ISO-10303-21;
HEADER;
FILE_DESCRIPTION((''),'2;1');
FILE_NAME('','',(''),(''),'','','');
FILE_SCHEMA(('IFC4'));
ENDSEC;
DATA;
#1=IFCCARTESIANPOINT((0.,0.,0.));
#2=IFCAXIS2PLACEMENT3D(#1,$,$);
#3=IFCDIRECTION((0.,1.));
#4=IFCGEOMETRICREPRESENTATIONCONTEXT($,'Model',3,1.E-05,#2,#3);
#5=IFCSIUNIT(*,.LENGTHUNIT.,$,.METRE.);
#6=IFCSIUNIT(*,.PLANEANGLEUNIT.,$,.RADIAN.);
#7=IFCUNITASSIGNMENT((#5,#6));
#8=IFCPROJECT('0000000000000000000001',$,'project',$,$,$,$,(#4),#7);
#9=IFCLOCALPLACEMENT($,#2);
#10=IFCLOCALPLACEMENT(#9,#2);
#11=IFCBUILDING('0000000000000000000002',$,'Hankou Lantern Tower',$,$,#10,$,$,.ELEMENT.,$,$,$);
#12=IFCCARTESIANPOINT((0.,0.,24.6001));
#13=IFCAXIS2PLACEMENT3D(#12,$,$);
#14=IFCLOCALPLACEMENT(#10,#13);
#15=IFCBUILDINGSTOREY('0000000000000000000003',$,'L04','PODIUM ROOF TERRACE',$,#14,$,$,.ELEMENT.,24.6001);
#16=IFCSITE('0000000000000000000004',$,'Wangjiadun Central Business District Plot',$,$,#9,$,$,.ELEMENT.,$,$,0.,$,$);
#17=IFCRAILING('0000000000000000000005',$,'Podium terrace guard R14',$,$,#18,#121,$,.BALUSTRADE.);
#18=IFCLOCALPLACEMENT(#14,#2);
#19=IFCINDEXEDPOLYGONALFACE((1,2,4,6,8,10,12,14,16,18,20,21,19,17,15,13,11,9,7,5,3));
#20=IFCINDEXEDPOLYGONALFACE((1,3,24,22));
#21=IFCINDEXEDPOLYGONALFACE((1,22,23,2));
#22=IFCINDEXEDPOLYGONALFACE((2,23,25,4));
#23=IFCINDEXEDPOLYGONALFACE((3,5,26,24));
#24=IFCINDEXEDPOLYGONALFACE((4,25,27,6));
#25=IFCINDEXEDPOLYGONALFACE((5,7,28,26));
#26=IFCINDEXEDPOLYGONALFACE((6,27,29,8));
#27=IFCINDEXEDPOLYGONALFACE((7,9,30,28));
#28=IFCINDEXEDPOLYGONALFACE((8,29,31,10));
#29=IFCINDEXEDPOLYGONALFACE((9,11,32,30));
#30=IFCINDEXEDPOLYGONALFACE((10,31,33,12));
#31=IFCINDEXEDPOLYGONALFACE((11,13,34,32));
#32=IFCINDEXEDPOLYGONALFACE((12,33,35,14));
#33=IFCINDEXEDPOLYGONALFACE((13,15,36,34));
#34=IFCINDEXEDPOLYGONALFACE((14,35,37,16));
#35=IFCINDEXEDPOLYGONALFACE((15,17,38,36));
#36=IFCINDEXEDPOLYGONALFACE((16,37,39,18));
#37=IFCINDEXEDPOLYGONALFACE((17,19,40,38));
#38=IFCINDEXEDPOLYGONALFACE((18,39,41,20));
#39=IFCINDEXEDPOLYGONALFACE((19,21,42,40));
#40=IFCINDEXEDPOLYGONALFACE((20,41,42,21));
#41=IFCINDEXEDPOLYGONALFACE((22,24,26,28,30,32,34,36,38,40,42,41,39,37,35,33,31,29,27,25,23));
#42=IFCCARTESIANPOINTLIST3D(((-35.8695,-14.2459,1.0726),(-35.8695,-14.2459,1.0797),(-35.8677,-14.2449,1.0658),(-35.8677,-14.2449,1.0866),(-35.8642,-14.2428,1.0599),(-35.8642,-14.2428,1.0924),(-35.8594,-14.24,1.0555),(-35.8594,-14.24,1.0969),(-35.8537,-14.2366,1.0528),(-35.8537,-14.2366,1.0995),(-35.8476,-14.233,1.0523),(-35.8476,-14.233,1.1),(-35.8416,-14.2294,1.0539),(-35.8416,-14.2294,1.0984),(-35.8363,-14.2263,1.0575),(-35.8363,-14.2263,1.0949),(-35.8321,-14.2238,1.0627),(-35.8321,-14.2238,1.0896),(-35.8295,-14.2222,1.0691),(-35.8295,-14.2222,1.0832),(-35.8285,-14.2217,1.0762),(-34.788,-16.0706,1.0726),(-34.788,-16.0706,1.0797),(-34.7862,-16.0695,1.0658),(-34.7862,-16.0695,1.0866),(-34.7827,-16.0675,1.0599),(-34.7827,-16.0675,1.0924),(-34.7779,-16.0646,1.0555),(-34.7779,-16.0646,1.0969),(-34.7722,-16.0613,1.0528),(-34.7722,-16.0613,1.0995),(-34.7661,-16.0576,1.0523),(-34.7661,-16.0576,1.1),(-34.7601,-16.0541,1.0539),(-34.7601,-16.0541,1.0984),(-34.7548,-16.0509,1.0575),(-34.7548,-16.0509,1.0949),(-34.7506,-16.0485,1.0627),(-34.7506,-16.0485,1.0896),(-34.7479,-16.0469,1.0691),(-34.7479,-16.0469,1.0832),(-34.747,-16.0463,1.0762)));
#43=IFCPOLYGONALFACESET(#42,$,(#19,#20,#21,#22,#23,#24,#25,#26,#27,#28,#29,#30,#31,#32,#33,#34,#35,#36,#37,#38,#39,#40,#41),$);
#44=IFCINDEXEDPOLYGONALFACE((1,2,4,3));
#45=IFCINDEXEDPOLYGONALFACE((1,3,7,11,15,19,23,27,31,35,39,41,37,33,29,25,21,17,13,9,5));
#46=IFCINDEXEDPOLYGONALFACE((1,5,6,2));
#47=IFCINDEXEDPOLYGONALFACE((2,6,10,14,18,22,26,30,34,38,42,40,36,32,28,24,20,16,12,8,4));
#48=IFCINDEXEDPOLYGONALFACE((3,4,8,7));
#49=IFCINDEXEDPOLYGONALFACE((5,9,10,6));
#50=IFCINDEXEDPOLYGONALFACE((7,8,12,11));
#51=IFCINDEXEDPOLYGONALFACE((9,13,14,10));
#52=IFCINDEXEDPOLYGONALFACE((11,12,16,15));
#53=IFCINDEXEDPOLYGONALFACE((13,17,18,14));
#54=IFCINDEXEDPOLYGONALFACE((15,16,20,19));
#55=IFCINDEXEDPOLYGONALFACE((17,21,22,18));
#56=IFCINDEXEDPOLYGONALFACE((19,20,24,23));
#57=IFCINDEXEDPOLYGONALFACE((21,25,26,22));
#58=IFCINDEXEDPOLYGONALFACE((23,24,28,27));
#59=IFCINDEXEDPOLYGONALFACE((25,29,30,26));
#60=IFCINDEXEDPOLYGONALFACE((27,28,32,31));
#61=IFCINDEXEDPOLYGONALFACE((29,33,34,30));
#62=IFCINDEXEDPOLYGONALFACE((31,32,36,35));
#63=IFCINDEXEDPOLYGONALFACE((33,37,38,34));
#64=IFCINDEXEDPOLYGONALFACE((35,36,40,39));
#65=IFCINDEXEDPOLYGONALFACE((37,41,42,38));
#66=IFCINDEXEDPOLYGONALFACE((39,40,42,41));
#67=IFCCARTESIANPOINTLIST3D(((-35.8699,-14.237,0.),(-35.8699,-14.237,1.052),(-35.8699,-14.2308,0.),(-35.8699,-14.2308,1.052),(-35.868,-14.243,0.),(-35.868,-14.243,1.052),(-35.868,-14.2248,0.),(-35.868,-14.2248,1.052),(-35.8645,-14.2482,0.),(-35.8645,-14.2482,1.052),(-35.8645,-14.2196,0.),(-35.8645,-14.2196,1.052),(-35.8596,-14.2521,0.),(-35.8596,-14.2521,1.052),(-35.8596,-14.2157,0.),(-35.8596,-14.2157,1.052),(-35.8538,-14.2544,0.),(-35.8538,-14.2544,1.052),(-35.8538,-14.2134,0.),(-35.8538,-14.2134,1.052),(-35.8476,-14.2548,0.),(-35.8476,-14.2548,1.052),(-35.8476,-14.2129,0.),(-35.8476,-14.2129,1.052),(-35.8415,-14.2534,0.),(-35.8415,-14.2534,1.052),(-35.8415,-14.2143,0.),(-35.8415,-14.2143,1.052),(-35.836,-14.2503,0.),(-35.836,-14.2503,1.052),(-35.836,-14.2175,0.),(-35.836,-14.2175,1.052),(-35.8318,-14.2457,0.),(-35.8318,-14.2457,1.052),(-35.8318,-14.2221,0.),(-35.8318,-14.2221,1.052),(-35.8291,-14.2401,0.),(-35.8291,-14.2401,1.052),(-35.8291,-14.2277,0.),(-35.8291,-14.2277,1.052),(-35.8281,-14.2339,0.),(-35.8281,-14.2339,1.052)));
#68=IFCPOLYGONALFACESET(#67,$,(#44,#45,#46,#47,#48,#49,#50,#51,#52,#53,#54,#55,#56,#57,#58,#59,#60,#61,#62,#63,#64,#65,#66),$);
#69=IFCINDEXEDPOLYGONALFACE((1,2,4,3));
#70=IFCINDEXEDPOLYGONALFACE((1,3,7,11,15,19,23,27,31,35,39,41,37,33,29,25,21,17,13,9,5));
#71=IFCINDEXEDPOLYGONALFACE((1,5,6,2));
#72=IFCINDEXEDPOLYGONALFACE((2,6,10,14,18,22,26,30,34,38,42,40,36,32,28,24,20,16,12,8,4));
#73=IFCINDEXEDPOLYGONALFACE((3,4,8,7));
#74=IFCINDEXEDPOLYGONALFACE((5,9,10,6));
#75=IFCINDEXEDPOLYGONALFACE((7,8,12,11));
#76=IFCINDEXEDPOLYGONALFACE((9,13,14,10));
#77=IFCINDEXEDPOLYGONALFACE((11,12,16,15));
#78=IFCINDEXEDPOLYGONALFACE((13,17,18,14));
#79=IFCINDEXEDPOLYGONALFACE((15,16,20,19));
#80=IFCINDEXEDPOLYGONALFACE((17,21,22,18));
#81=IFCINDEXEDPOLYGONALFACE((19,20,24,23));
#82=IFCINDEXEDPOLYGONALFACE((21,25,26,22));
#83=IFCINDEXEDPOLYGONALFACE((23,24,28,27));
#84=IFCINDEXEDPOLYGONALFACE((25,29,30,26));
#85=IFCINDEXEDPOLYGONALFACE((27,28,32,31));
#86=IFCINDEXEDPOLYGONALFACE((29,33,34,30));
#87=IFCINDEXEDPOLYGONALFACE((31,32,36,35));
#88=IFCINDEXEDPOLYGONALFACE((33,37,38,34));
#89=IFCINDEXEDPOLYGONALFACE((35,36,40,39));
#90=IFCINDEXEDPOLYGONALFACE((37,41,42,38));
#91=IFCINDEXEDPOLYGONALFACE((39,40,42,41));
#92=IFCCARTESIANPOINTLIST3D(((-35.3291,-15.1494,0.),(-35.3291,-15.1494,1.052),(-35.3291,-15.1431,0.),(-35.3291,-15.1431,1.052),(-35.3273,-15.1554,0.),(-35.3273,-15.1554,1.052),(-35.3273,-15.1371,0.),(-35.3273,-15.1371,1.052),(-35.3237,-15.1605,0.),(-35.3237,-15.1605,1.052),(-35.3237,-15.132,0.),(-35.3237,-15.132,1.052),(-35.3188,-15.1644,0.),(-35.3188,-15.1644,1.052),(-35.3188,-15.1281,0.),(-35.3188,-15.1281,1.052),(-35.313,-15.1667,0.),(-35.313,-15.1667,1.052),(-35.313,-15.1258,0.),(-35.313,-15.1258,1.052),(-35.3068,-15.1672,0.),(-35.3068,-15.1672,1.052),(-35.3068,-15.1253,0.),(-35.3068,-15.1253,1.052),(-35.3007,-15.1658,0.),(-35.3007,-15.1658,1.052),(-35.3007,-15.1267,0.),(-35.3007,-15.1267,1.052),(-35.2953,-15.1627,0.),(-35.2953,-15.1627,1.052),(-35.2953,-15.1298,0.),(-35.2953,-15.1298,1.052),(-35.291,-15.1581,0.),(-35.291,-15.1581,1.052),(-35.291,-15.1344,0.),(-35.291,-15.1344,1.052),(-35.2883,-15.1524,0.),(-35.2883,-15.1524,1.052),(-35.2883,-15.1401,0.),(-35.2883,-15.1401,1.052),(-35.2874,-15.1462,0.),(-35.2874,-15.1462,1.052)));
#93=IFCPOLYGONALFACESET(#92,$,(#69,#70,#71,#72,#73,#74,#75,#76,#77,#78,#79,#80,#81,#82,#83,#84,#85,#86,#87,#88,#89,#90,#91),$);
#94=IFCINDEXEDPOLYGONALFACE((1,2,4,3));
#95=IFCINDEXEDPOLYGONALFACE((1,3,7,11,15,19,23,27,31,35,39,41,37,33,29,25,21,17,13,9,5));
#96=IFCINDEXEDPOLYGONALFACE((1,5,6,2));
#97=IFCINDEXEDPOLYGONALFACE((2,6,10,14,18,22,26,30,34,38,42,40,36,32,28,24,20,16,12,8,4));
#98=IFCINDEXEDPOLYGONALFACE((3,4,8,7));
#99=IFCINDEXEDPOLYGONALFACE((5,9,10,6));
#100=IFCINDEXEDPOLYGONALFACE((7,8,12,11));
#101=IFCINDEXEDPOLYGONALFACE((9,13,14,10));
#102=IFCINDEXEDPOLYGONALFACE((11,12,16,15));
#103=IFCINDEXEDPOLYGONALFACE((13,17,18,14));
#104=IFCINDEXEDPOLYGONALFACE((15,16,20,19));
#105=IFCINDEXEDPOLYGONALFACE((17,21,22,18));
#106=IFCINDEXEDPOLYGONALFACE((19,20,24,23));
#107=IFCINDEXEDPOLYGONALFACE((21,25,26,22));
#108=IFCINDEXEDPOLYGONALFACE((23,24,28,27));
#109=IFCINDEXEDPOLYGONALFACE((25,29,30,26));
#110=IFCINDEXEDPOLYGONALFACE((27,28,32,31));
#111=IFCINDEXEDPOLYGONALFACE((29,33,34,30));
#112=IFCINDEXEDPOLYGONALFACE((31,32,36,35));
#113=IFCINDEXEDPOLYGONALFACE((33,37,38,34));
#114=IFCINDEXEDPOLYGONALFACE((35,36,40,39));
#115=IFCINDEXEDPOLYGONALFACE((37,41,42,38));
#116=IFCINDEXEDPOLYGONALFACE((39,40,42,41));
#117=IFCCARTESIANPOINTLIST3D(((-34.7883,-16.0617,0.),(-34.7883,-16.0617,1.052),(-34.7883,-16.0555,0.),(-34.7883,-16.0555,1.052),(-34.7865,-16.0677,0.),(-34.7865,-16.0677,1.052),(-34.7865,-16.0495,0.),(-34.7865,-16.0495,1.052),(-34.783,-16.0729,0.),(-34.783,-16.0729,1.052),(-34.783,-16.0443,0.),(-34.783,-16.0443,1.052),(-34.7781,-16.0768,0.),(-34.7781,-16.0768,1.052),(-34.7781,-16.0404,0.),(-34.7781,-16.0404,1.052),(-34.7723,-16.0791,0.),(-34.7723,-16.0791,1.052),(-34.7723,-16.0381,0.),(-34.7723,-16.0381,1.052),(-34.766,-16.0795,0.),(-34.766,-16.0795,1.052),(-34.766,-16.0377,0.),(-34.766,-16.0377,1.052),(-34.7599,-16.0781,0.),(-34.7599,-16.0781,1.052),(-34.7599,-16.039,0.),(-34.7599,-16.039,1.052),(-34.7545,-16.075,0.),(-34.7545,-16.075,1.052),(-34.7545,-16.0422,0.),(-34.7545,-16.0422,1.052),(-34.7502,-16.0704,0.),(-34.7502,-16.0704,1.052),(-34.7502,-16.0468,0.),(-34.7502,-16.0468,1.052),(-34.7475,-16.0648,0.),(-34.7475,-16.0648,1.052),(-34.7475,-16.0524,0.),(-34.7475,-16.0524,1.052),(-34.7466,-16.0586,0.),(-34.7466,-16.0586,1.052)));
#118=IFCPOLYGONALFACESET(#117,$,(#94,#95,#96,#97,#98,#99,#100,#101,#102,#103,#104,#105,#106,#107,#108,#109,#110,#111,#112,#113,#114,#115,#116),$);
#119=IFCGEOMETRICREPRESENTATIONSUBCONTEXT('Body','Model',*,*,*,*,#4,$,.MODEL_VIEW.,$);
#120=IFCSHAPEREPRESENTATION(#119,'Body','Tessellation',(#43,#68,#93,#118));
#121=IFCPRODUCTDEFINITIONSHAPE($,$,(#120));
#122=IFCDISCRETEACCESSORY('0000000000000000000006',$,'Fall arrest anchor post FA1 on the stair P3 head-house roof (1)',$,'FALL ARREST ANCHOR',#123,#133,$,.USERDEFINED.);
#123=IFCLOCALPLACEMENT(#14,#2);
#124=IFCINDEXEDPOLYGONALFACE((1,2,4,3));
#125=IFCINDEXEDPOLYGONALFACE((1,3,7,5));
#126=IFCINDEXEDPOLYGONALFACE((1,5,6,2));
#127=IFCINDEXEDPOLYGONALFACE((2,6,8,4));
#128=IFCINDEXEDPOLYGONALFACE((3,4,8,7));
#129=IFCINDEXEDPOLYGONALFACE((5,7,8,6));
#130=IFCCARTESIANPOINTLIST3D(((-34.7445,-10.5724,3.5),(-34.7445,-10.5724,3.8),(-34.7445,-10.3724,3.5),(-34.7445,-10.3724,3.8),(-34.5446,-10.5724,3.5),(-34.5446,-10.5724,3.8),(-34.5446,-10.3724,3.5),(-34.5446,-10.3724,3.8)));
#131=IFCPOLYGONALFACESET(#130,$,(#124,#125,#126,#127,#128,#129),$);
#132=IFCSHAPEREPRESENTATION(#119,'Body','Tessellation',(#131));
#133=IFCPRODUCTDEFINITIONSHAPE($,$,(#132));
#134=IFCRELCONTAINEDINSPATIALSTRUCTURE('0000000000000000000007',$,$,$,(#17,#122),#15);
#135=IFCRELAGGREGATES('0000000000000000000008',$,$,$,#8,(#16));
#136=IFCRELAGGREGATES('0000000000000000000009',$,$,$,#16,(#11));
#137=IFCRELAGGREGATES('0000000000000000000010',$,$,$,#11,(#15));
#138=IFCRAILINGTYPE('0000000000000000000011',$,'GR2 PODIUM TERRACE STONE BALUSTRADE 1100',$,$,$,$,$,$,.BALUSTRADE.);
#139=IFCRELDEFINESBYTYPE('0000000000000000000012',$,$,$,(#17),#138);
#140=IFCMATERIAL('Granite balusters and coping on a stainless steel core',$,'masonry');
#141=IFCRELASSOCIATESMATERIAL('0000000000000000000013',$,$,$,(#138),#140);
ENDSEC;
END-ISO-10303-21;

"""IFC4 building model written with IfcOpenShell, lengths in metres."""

from ifc_helpers import new_model, si_unit, direction, frame, origin, origin_2d, place, context, subcontext, project, spatial, rectangle, circle, extrude, material, type_object, element, save


model = new_model("IFC4")

# Units and contexts
model_context = context("Model", 3, precision=1e-05, world=origin(), true_north=direction((0.0, 1.0)))
body_context = subcontext(model_context, "Body", "Model", "MODEL_VIEW")
ifc_project = project(units=[si_unit("LENGTHUNIT", "METRE"), si_unit("PLANEANGLEUNIT", "RADIAN")], contexts=[model_context])

# Site, building, storey
site_placement = place(None, origin())
site = spatial("IfcSite", under=ifc_project, at=site_placement, Name="Wangjiadun Central Business District Plot", CompositionType="ELEMENT", RefElevation=0.0)
building_placement = place(site_placement, origin())
building = spatial("IfcBuilding", under=site, at=building_placement, Name="Hankou Lantern Tower", CompositionType="ELEMENT")
storey_placement = place(building_placement, frame((0.0, 0.0, 24.6001)))
storey = spatial("IfcBuildingStorey", under=building, at=storey_placement, Name="L04", Description="PODIUM ROOF TERRACE", CompositionType="ELEMENT", Elevation=24.6001)

# Railing
ifc_material_1 = material(Name="Granite balusters and coping on a stainless steel core", Category="masonry")
railing_type = type_object("IfcRailingType", Name="GR2 PODIUM TERRACE STONE BALUSTRADE 1100", PredefinedType="BALUSTRADE", material=ifc_material_1)
railing_1_placement = place(storey_placement, frame((-35.8491, -14.2339, 0.0)))
element("IfcRailing", 1, at=railing_1_placement, inside=storey, type_object=railing_type, Name="Podium terrace guard R14", PredefinedType="BALUSTRADE", context=body_context, shape_type="SweptSolid", body=[
    extrude(circle(Radius=0.0239, at=origin_2d()), frame((0.0, 0.0, 1.0762), z_axis=(0.509884, -0.860243, 0.0), x_axis=(0.860243, 0.509884, 0.0)), (0.0, 0.0, 1.0), 2.1211),
    extrude(circle(Radius=0.021, at=origin_2d()), origin(), (0.0, 0.0, 1.0), 1.052),
    extrude(circle(Radius=0.021, at=origin_2d()), frame((0.5408, -0.9124, 0.0)), (0.0, 0.0, 1.0), 1.052),
    extrude(circle(Radius=0.021, at=origin_2d()), frame((1.0815, -1.8247, 0.0)), (0.0, 0.0, 1.0), 1.052),
])

# Discrete accessory
discrete_accessory_placement = place(storey_placement, frame((-34.6445, -10.4724, 3.5), z_axis=(0.0, 0.0, 1.0), x_axis=(1.0, 0.0, 0.0)))
element("IfcDiscreteAccessory", 2, at=discrete_accessory_placement, inside=storey, Name="Fall arrest anchor post FA1 on the stair P3 head-house roof (1)", ObjectType="FALL ARREST ANCHOR", PredefinedType="USERDEFINED", context=body_context, shape_type="SweptSolid", body=[
    extrude(rectangle(XDim=0.2, YDim=0.2, at=origin_2d()), origin(), (0.0, 0.0, 1.0), 0.3),
])

save(model, "model.ifc")
